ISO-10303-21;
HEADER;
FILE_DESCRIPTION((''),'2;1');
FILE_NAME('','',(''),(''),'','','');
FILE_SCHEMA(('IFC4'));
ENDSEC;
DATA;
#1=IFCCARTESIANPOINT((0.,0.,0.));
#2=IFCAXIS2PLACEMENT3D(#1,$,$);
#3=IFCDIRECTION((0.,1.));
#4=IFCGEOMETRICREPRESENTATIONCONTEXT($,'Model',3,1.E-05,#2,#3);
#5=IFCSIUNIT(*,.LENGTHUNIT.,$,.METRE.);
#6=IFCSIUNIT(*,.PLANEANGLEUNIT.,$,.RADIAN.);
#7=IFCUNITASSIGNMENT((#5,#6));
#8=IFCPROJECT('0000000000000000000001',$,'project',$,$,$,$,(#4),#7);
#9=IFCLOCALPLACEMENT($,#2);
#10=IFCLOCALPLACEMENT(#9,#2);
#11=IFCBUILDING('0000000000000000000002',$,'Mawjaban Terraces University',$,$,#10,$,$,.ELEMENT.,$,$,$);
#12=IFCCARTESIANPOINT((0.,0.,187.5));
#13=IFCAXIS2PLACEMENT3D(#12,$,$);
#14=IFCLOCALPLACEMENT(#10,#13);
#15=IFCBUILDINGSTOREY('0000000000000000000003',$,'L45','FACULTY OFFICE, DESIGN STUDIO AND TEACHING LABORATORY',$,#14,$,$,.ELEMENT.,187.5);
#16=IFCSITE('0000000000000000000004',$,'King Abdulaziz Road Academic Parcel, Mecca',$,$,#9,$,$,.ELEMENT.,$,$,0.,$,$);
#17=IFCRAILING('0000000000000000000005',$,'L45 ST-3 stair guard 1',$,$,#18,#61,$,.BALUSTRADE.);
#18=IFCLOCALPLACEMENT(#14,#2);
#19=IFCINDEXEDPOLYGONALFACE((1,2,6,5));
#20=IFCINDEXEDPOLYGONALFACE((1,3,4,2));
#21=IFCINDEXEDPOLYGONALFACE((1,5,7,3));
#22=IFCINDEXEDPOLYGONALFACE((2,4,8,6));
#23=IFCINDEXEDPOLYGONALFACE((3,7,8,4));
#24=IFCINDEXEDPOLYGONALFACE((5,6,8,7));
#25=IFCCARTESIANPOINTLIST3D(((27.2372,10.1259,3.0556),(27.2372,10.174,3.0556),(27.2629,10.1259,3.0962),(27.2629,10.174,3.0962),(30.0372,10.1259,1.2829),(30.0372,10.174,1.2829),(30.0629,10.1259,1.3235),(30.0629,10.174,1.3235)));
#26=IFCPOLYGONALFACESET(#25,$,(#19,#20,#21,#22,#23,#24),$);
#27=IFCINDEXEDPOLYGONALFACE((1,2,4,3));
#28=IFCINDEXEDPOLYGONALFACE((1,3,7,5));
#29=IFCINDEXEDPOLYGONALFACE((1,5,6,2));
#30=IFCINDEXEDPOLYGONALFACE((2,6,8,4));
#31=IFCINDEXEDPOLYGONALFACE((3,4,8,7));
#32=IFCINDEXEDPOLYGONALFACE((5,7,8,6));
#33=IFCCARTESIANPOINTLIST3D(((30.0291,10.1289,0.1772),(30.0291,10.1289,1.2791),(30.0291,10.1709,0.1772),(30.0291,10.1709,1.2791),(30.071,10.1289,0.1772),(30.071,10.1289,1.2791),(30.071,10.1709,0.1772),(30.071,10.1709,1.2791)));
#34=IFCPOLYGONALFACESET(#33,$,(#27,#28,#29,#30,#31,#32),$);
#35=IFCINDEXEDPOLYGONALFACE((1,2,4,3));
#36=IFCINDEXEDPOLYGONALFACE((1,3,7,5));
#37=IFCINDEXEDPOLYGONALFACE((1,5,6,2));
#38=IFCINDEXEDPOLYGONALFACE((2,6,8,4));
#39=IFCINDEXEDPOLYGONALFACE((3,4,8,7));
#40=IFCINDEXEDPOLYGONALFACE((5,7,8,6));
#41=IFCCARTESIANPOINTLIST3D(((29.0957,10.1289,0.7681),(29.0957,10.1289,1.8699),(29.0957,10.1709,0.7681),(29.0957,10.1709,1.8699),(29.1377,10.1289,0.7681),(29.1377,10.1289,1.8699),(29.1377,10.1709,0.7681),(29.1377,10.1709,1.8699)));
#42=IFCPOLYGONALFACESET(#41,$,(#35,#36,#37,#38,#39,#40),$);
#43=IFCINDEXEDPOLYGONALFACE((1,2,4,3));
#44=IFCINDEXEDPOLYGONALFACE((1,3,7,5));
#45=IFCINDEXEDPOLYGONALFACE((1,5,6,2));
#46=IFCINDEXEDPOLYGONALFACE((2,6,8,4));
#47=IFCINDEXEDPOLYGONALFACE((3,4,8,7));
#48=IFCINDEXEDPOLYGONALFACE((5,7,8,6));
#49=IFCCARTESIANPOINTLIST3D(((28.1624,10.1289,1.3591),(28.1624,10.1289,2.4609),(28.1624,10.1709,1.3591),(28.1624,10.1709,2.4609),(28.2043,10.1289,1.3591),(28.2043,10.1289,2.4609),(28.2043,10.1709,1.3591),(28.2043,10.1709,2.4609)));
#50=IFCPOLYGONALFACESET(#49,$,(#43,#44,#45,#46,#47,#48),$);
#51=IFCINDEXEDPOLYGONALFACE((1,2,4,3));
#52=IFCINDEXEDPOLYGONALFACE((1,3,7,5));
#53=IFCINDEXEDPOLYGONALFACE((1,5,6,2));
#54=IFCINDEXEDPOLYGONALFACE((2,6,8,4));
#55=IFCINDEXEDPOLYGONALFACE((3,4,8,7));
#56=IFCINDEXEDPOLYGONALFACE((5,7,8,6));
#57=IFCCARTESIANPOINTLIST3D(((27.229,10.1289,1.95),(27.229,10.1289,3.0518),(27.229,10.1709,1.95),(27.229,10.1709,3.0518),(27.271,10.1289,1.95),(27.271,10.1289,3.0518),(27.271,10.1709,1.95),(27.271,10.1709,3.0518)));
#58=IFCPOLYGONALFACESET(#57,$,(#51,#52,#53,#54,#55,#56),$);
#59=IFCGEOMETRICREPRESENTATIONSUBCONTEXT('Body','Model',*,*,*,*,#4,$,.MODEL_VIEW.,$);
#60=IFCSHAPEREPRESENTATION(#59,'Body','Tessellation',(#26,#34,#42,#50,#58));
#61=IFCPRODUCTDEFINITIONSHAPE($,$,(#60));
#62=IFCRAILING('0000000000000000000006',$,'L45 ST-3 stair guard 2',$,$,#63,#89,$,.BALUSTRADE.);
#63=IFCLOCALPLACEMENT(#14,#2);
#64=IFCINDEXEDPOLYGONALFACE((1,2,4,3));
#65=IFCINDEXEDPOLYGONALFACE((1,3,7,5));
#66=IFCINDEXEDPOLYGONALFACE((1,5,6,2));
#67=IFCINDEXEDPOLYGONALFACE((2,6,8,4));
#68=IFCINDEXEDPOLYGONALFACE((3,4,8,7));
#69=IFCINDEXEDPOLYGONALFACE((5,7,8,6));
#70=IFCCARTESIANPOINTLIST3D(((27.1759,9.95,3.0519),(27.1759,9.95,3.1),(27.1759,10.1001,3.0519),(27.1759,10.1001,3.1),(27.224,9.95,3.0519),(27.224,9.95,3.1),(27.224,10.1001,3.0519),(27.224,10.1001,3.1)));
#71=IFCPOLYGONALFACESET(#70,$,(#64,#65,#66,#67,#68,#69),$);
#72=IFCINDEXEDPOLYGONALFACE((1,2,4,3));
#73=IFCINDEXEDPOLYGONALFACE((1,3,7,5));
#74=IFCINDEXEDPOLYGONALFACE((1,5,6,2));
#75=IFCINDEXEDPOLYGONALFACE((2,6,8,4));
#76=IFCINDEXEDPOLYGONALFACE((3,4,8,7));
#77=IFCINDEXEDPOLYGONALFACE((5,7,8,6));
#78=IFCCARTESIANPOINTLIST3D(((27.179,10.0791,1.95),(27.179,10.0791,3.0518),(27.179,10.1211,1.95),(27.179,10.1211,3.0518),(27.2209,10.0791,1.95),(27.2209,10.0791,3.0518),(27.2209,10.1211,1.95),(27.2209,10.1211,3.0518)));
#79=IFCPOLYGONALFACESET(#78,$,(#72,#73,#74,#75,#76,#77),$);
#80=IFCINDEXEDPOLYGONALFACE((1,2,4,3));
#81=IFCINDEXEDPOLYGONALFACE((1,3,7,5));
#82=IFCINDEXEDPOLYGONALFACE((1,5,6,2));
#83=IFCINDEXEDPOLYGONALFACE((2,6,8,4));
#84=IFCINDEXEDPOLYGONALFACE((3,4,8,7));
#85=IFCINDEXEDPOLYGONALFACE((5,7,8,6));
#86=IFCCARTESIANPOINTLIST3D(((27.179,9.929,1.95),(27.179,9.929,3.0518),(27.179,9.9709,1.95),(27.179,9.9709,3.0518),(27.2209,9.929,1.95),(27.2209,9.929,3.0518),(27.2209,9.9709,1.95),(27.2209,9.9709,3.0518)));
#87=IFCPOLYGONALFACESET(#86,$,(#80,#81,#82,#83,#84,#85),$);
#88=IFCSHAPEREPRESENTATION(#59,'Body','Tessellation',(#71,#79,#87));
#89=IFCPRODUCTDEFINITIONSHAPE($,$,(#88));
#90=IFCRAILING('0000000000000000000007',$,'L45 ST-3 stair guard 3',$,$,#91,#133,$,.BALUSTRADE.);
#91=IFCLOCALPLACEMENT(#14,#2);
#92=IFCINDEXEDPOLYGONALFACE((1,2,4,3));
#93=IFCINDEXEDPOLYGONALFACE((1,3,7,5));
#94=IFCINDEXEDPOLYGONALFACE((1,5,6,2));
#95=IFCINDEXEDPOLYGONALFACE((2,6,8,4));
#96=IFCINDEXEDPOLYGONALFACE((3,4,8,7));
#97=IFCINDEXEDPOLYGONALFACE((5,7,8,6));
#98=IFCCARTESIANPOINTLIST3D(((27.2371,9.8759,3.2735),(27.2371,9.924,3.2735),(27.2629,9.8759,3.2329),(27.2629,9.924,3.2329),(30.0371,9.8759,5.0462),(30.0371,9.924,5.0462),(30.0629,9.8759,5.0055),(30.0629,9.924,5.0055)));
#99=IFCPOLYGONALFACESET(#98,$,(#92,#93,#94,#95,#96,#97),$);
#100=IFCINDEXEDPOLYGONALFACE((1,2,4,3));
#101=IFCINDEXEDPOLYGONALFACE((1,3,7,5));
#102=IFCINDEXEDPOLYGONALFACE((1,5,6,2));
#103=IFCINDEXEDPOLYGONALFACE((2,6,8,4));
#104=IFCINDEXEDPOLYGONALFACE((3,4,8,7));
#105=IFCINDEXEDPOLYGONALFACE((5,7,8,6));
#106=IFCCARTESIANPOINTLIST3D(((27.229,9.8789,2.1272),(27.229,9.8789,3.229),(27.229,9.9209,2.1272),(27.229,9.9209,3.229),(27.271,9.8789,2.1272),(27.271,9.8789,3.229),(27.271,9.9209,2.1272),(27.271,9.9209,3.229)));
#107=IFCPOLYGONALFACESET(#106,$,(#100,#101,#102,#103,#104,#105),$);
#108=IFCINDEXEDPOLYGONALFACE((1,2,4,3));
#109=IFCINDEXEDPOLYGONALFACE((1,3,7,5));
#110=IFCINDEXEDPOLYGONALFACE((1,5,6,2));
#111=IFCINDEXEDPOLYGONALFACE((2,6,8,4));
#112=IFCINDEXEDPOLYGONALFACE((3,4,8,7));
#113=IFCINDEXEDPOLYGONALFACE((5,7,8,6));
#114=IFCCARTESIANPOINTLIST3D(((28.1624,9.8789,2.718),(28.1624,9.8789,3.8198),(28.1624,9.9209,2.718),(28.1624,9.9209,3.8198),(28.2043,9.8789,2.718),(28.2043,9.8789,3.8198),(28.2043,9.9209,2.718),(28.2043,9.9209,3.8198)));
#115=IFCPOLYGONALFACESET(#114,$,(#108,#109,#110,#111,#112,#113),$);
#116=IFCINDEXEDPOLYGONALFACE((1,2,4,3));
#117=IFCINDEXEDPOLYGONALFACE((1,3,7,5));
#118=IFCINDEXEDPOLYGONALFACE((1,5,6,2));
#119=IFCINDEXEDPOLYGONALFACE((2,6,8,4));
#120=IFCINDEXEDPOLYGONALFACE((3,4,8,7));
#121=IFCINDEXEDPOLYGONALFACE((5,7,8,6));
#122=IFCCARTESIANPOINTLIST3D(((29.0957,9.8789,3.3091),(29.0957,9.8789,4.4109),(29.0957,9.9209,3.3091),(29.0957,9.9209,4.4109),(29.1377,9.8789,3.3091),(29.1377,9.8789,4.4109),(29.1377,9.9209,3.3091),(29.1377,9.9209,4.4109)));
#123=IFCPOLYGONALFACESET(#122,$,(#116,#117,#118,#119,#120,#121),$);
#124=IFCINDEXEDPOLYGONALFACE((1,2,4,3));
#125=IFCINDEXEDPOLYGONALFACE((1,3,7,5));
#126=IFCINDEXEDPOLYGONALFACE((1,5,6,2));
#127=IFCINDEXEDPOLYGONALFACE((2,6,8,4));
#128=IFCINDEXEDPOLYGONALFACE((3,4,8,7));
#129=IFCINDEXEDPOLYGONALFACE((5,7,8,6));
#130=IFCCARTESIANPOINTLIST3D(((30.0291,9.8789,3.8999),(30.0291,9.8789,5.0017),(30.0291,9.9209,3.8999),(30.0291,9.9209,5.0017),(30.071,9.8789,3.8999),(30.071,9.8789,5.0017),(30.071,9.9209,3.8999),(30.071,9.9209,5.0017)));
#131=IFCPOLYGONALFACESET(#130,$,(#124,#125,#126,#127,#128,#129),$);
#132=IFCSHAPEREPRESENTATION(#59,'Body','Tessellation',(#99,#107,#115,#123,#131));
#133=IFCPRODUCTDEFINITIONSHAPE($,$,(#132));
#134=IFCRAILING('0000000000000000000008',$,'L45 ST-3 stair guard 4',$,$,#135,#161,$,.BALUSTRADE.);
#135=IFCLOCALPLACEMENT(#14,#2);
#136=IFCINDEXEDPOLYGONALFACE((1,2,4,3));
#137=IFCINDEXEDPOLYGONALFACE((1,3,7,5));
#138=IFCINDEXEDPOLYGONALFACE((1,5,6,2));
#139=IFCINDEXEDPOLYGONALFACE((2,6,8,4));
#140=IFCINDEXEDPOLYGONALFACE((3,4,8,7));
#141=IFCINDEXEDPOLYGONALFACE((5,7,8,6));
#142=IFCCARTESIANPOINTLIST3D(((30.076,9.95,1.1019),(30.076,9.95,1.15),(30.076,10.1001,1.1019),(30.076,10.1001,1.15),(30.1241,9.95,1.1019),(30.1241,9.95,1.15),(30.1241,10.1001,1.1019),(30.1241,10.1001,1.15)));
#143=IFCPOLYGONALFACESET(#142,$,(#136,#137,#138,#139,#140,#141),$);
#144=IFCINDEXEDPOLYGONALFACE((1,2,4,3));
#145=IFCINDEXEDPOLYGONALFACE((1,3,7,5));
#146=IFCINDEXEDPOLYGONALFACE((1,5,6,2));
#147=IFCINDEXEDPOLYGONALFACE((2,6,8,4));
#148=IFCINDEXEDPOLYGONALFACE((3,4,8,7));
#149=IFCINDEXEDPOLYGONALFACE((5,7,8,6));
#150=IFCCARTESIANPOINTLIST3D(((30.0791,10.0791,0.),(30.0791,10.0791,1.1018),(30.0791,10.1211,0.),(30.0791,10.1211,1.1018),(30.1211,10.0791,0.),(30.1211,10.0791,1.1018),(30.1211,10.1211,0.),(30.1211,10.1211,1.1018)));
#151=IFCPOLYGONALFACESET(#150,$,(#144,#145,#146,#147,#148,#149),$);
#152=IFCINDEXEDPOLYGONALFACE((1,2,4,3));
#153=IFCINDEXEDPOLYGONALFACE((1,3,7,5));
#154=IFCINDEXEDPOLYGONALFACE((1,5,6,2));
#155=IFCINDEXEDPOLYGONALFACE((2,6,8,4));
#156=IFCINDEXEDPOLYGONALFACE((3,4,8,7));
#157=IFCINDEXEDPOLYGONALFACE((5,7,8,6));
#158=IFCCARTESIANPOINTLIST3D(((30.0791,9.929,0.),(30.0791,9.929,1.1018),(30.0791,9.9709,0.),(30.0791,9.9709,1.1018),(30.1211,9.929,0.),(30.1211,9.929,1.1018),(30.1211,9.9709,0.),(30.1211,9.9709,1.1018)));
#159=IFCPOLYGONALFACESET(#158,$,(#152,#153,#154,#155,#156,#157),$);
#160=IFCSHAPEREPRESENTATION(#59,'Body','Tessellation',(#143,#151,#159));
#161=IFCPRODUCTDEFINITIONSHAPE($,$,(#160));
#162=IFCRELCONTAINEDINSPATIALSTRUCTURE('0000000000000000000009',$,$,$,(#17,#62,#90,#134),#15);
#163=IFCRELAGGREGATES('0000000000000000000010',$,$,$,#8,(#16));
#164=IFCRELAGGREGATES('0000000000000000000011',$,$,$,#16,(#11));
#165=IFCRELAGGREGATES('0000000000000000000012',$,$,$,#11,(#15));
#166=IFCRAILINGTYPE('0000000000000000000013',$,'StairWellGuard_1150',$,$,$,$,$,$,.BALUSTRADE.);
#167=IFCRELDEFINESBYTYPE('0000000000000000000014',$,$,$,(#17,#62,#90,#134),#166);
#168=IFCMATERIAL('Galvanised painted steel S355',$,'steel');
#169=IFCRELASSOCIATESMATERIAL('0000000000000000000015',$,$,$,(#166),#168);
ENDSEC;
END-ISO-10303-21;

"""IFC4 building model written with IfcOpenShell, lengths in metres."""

from ifc_helpers import new_model, si_unit, direction, frame, origin, origin_2d, place, context, subcontext, project, spatial, rectangle, extrude, material, type_object, element, save


model = new_model("IFC4")

# Units and contexts
model_context = context("Model", 3, precision=1e-05, world=origin(), true_north=direction((0.0, 1.0)))
body_context = subcontext(model_context, "Body", "Model", "MODEL_VIEW")
ifc_project = project(units=[si_unit("LENGTHUNIT", "METRE"), si_unit("PLANEANGLEUNIT", "RADIAN")], contexts=[model_context])

# Site, building, storey
site_placement = place(None, origin())
site = spatial("IfcSite", under=ifc_project, at=site_placement, Name="King Abdulaziz Road Academic Parcel, Mecca", CompositionType="ELEMENT", RefElevation=0.0)
building_placement = place(site_placement, origin())
building = spatial("IfcBuilding", under=site, at=building_placement, Name="Mawjaban Terraces University", CompositionType="ELEMENT")
storey_placement = place(building_placement, frame((0.0, 0.0, 187.5)))
storey = spatial("IfcBuildingStorey", under=building, at=storey_placement, Name="L45", Description="FACULTY OFFICE, DESIGN STUDIO AND TEACHING LABORATORY", CompositionType="ELEMENT", Elevation=187.5)

# Railings
ifc_material_1 = material(Name="Galvanised painted steel S355", Category="steel")
railing_type_1 = type_object("IfcRailingType", Name="StairWellGuard_1150", PredefinedType="BALUSTRADE", material=ifc_material_1)
railing_1_placement = place(storey_placement, frame((30.05, 10.1499, 0.1772)))
element("IfcRailing", 1, at=railing_1_placement, inside=storey, type_object=railing_type_1, Name="L45 ST-3 stair guard 1", PredefinedType="BALUSTRADE", context=body_context, shape_type="SweptSolid", body=[
    extrude(rectangle(XDim=0.0481, YDim=0.0481, at=origin_2d()), frame((0.0, 0.0, 1.126), z_axis=(-0.844909, 0.0, 0.53491), x_axis=(0.0, -1.0, 0.0)), (0.0, 0.0, 1.0), 3.314),
    extrude(rectangle(XDim=0.042, YDim=0.042, at=origin_2d()), origin(), (0.0, 0.0, 1.0), 1.1018),
    extrude(rectangle(XDim=0.042, YDim=0.042, at=origin_2d()), frame((-0.9333, 0.0, 0.5908)), (0.0, 0.0, 1.0), 1.1018),
    extrude(rectangle(XDim=0.042, YDim=0.042, at=origin_2d()), frame((-1.8667, 0.0, 1.1819)), (0.0, 0.0, 1.0), 1.1018),
    extrude(rectangle(XDim=0.042, YDim=0.042, at=origin_2d()), frame((-2.8, 0.0, 1.7727)), (0.0, 0.0, 1.0), 1.1018),
])
railing_2_placement = place(storey_placement, frame((27.2, 10.1001, 1.95)))
element("IfcRailing", 2, at=railing_2_placement, inside=storey, type_object=railing_type_1, Name="L45 ST-3 stair guard 2", PredefinedType="BALUSTRADE", context=body_context, shape_type="SweptSolid", body=[
    extrude(rectangle(XDim=0.0481, YDim=0.0481, at=origin_2d()), frame((0.0, 0.0, 1.126), z_axis=(0.0, -1.0, 0.0), x_axis=(1.0, 0.0, 0.0)), (0.0, 0.0, 1.0), 0.1501),
    extrude(rectangle(XDim=0.042, YDim=0.042, at=origin_2d()), origin(), (0.0, 0.0, 1.0), 1.1018),
    extrude(rectangle(XDim=0.042, YDim=0.042, at=origin_2d()), frame((0.0, -0.1501, 0.0)), (0.0, 0.0, 1.0), 1.1018),
])
railing_3_placement = place(storey_placement, frame((27.25, 9.8999, 2.1272)))
element("IfcRailing", 3, at=railing_3_placement, inside=storey, type_object=railing_type_1, Name="L45 ST-3 stair guard 3", PredefinedType="BALUSTRADE", context=body_context, shape_type="SweptSolid", body=[
    extrude(rectangle(XDim=0.0481, YDim=0.0481, at=origin_2d()), frame((0.0, 0.0, 1.126), z_axis=(0.844909, 0.0, 0.53491), x_axis=(0.0, 1.0, 0.0)), (0.0, 0.0, 1.0), 3.314),
    extrude(rectangle(XDim=0.042, YDim=0.042, at=origin_2d()), origin(), (0.0, 0.0, 1.0), 1.1018),
    extrude(rectangle(XDim=0.042, YDim=0.042, at=origin_2d()), frame((0.9333, 0.0, 0.5908)), (0.0, 0.0, 1.0), 1.1018),
    extrude(rectangle(XDim=0.042, YDim=0.042, at=origin_2d()), frame((1.8667, 0.0, 1.1819)), (0.0, 0.0, 1.0), 1.1018),
    extrude(rectangle(XDim=0.042, YDim=0.042, at=origin_2d()), frame((2.8, 0.0, 1.7727)), (0.0, 0.0, 1.0), 1.1018),
])
railing_4_placement = place(storey_placement, frame((30.1001, 10.1001, 0.0)))
element("IfcRailing", 4, at=railing_4_placement, inside=storey, type_object=railing_type_1, Name="L45 ST-3 stair guard 4", PredefinedType="BALUSTRADE", context=body_context, shape_type="SweptSolid", body=[
    extrude(rectangle(XDim=0.0481, YDim=0.0481, at=origin_2d()), frame((0.0, 0.0, 1.126), z_axis=(0.0, -1.0, 0.0), x_axis=(1.0, 0.0, 0.0)), (0.0, 0.0, 1.0), 0.1501),
    extrude(rectangle(XDim=0.042, YDim=0.042, at=origin_2d()), origin(), (0.0, 0.0, 1.0), 1.1018),
    extrude(rectangle(XDim=0.042, YDim=0.042, at=origin_2d()), frame((0.0, -0.1501, 0.0)), (0.0, 0.0, 1.0), 1.1018),
])

save(model, "model.ifc")
